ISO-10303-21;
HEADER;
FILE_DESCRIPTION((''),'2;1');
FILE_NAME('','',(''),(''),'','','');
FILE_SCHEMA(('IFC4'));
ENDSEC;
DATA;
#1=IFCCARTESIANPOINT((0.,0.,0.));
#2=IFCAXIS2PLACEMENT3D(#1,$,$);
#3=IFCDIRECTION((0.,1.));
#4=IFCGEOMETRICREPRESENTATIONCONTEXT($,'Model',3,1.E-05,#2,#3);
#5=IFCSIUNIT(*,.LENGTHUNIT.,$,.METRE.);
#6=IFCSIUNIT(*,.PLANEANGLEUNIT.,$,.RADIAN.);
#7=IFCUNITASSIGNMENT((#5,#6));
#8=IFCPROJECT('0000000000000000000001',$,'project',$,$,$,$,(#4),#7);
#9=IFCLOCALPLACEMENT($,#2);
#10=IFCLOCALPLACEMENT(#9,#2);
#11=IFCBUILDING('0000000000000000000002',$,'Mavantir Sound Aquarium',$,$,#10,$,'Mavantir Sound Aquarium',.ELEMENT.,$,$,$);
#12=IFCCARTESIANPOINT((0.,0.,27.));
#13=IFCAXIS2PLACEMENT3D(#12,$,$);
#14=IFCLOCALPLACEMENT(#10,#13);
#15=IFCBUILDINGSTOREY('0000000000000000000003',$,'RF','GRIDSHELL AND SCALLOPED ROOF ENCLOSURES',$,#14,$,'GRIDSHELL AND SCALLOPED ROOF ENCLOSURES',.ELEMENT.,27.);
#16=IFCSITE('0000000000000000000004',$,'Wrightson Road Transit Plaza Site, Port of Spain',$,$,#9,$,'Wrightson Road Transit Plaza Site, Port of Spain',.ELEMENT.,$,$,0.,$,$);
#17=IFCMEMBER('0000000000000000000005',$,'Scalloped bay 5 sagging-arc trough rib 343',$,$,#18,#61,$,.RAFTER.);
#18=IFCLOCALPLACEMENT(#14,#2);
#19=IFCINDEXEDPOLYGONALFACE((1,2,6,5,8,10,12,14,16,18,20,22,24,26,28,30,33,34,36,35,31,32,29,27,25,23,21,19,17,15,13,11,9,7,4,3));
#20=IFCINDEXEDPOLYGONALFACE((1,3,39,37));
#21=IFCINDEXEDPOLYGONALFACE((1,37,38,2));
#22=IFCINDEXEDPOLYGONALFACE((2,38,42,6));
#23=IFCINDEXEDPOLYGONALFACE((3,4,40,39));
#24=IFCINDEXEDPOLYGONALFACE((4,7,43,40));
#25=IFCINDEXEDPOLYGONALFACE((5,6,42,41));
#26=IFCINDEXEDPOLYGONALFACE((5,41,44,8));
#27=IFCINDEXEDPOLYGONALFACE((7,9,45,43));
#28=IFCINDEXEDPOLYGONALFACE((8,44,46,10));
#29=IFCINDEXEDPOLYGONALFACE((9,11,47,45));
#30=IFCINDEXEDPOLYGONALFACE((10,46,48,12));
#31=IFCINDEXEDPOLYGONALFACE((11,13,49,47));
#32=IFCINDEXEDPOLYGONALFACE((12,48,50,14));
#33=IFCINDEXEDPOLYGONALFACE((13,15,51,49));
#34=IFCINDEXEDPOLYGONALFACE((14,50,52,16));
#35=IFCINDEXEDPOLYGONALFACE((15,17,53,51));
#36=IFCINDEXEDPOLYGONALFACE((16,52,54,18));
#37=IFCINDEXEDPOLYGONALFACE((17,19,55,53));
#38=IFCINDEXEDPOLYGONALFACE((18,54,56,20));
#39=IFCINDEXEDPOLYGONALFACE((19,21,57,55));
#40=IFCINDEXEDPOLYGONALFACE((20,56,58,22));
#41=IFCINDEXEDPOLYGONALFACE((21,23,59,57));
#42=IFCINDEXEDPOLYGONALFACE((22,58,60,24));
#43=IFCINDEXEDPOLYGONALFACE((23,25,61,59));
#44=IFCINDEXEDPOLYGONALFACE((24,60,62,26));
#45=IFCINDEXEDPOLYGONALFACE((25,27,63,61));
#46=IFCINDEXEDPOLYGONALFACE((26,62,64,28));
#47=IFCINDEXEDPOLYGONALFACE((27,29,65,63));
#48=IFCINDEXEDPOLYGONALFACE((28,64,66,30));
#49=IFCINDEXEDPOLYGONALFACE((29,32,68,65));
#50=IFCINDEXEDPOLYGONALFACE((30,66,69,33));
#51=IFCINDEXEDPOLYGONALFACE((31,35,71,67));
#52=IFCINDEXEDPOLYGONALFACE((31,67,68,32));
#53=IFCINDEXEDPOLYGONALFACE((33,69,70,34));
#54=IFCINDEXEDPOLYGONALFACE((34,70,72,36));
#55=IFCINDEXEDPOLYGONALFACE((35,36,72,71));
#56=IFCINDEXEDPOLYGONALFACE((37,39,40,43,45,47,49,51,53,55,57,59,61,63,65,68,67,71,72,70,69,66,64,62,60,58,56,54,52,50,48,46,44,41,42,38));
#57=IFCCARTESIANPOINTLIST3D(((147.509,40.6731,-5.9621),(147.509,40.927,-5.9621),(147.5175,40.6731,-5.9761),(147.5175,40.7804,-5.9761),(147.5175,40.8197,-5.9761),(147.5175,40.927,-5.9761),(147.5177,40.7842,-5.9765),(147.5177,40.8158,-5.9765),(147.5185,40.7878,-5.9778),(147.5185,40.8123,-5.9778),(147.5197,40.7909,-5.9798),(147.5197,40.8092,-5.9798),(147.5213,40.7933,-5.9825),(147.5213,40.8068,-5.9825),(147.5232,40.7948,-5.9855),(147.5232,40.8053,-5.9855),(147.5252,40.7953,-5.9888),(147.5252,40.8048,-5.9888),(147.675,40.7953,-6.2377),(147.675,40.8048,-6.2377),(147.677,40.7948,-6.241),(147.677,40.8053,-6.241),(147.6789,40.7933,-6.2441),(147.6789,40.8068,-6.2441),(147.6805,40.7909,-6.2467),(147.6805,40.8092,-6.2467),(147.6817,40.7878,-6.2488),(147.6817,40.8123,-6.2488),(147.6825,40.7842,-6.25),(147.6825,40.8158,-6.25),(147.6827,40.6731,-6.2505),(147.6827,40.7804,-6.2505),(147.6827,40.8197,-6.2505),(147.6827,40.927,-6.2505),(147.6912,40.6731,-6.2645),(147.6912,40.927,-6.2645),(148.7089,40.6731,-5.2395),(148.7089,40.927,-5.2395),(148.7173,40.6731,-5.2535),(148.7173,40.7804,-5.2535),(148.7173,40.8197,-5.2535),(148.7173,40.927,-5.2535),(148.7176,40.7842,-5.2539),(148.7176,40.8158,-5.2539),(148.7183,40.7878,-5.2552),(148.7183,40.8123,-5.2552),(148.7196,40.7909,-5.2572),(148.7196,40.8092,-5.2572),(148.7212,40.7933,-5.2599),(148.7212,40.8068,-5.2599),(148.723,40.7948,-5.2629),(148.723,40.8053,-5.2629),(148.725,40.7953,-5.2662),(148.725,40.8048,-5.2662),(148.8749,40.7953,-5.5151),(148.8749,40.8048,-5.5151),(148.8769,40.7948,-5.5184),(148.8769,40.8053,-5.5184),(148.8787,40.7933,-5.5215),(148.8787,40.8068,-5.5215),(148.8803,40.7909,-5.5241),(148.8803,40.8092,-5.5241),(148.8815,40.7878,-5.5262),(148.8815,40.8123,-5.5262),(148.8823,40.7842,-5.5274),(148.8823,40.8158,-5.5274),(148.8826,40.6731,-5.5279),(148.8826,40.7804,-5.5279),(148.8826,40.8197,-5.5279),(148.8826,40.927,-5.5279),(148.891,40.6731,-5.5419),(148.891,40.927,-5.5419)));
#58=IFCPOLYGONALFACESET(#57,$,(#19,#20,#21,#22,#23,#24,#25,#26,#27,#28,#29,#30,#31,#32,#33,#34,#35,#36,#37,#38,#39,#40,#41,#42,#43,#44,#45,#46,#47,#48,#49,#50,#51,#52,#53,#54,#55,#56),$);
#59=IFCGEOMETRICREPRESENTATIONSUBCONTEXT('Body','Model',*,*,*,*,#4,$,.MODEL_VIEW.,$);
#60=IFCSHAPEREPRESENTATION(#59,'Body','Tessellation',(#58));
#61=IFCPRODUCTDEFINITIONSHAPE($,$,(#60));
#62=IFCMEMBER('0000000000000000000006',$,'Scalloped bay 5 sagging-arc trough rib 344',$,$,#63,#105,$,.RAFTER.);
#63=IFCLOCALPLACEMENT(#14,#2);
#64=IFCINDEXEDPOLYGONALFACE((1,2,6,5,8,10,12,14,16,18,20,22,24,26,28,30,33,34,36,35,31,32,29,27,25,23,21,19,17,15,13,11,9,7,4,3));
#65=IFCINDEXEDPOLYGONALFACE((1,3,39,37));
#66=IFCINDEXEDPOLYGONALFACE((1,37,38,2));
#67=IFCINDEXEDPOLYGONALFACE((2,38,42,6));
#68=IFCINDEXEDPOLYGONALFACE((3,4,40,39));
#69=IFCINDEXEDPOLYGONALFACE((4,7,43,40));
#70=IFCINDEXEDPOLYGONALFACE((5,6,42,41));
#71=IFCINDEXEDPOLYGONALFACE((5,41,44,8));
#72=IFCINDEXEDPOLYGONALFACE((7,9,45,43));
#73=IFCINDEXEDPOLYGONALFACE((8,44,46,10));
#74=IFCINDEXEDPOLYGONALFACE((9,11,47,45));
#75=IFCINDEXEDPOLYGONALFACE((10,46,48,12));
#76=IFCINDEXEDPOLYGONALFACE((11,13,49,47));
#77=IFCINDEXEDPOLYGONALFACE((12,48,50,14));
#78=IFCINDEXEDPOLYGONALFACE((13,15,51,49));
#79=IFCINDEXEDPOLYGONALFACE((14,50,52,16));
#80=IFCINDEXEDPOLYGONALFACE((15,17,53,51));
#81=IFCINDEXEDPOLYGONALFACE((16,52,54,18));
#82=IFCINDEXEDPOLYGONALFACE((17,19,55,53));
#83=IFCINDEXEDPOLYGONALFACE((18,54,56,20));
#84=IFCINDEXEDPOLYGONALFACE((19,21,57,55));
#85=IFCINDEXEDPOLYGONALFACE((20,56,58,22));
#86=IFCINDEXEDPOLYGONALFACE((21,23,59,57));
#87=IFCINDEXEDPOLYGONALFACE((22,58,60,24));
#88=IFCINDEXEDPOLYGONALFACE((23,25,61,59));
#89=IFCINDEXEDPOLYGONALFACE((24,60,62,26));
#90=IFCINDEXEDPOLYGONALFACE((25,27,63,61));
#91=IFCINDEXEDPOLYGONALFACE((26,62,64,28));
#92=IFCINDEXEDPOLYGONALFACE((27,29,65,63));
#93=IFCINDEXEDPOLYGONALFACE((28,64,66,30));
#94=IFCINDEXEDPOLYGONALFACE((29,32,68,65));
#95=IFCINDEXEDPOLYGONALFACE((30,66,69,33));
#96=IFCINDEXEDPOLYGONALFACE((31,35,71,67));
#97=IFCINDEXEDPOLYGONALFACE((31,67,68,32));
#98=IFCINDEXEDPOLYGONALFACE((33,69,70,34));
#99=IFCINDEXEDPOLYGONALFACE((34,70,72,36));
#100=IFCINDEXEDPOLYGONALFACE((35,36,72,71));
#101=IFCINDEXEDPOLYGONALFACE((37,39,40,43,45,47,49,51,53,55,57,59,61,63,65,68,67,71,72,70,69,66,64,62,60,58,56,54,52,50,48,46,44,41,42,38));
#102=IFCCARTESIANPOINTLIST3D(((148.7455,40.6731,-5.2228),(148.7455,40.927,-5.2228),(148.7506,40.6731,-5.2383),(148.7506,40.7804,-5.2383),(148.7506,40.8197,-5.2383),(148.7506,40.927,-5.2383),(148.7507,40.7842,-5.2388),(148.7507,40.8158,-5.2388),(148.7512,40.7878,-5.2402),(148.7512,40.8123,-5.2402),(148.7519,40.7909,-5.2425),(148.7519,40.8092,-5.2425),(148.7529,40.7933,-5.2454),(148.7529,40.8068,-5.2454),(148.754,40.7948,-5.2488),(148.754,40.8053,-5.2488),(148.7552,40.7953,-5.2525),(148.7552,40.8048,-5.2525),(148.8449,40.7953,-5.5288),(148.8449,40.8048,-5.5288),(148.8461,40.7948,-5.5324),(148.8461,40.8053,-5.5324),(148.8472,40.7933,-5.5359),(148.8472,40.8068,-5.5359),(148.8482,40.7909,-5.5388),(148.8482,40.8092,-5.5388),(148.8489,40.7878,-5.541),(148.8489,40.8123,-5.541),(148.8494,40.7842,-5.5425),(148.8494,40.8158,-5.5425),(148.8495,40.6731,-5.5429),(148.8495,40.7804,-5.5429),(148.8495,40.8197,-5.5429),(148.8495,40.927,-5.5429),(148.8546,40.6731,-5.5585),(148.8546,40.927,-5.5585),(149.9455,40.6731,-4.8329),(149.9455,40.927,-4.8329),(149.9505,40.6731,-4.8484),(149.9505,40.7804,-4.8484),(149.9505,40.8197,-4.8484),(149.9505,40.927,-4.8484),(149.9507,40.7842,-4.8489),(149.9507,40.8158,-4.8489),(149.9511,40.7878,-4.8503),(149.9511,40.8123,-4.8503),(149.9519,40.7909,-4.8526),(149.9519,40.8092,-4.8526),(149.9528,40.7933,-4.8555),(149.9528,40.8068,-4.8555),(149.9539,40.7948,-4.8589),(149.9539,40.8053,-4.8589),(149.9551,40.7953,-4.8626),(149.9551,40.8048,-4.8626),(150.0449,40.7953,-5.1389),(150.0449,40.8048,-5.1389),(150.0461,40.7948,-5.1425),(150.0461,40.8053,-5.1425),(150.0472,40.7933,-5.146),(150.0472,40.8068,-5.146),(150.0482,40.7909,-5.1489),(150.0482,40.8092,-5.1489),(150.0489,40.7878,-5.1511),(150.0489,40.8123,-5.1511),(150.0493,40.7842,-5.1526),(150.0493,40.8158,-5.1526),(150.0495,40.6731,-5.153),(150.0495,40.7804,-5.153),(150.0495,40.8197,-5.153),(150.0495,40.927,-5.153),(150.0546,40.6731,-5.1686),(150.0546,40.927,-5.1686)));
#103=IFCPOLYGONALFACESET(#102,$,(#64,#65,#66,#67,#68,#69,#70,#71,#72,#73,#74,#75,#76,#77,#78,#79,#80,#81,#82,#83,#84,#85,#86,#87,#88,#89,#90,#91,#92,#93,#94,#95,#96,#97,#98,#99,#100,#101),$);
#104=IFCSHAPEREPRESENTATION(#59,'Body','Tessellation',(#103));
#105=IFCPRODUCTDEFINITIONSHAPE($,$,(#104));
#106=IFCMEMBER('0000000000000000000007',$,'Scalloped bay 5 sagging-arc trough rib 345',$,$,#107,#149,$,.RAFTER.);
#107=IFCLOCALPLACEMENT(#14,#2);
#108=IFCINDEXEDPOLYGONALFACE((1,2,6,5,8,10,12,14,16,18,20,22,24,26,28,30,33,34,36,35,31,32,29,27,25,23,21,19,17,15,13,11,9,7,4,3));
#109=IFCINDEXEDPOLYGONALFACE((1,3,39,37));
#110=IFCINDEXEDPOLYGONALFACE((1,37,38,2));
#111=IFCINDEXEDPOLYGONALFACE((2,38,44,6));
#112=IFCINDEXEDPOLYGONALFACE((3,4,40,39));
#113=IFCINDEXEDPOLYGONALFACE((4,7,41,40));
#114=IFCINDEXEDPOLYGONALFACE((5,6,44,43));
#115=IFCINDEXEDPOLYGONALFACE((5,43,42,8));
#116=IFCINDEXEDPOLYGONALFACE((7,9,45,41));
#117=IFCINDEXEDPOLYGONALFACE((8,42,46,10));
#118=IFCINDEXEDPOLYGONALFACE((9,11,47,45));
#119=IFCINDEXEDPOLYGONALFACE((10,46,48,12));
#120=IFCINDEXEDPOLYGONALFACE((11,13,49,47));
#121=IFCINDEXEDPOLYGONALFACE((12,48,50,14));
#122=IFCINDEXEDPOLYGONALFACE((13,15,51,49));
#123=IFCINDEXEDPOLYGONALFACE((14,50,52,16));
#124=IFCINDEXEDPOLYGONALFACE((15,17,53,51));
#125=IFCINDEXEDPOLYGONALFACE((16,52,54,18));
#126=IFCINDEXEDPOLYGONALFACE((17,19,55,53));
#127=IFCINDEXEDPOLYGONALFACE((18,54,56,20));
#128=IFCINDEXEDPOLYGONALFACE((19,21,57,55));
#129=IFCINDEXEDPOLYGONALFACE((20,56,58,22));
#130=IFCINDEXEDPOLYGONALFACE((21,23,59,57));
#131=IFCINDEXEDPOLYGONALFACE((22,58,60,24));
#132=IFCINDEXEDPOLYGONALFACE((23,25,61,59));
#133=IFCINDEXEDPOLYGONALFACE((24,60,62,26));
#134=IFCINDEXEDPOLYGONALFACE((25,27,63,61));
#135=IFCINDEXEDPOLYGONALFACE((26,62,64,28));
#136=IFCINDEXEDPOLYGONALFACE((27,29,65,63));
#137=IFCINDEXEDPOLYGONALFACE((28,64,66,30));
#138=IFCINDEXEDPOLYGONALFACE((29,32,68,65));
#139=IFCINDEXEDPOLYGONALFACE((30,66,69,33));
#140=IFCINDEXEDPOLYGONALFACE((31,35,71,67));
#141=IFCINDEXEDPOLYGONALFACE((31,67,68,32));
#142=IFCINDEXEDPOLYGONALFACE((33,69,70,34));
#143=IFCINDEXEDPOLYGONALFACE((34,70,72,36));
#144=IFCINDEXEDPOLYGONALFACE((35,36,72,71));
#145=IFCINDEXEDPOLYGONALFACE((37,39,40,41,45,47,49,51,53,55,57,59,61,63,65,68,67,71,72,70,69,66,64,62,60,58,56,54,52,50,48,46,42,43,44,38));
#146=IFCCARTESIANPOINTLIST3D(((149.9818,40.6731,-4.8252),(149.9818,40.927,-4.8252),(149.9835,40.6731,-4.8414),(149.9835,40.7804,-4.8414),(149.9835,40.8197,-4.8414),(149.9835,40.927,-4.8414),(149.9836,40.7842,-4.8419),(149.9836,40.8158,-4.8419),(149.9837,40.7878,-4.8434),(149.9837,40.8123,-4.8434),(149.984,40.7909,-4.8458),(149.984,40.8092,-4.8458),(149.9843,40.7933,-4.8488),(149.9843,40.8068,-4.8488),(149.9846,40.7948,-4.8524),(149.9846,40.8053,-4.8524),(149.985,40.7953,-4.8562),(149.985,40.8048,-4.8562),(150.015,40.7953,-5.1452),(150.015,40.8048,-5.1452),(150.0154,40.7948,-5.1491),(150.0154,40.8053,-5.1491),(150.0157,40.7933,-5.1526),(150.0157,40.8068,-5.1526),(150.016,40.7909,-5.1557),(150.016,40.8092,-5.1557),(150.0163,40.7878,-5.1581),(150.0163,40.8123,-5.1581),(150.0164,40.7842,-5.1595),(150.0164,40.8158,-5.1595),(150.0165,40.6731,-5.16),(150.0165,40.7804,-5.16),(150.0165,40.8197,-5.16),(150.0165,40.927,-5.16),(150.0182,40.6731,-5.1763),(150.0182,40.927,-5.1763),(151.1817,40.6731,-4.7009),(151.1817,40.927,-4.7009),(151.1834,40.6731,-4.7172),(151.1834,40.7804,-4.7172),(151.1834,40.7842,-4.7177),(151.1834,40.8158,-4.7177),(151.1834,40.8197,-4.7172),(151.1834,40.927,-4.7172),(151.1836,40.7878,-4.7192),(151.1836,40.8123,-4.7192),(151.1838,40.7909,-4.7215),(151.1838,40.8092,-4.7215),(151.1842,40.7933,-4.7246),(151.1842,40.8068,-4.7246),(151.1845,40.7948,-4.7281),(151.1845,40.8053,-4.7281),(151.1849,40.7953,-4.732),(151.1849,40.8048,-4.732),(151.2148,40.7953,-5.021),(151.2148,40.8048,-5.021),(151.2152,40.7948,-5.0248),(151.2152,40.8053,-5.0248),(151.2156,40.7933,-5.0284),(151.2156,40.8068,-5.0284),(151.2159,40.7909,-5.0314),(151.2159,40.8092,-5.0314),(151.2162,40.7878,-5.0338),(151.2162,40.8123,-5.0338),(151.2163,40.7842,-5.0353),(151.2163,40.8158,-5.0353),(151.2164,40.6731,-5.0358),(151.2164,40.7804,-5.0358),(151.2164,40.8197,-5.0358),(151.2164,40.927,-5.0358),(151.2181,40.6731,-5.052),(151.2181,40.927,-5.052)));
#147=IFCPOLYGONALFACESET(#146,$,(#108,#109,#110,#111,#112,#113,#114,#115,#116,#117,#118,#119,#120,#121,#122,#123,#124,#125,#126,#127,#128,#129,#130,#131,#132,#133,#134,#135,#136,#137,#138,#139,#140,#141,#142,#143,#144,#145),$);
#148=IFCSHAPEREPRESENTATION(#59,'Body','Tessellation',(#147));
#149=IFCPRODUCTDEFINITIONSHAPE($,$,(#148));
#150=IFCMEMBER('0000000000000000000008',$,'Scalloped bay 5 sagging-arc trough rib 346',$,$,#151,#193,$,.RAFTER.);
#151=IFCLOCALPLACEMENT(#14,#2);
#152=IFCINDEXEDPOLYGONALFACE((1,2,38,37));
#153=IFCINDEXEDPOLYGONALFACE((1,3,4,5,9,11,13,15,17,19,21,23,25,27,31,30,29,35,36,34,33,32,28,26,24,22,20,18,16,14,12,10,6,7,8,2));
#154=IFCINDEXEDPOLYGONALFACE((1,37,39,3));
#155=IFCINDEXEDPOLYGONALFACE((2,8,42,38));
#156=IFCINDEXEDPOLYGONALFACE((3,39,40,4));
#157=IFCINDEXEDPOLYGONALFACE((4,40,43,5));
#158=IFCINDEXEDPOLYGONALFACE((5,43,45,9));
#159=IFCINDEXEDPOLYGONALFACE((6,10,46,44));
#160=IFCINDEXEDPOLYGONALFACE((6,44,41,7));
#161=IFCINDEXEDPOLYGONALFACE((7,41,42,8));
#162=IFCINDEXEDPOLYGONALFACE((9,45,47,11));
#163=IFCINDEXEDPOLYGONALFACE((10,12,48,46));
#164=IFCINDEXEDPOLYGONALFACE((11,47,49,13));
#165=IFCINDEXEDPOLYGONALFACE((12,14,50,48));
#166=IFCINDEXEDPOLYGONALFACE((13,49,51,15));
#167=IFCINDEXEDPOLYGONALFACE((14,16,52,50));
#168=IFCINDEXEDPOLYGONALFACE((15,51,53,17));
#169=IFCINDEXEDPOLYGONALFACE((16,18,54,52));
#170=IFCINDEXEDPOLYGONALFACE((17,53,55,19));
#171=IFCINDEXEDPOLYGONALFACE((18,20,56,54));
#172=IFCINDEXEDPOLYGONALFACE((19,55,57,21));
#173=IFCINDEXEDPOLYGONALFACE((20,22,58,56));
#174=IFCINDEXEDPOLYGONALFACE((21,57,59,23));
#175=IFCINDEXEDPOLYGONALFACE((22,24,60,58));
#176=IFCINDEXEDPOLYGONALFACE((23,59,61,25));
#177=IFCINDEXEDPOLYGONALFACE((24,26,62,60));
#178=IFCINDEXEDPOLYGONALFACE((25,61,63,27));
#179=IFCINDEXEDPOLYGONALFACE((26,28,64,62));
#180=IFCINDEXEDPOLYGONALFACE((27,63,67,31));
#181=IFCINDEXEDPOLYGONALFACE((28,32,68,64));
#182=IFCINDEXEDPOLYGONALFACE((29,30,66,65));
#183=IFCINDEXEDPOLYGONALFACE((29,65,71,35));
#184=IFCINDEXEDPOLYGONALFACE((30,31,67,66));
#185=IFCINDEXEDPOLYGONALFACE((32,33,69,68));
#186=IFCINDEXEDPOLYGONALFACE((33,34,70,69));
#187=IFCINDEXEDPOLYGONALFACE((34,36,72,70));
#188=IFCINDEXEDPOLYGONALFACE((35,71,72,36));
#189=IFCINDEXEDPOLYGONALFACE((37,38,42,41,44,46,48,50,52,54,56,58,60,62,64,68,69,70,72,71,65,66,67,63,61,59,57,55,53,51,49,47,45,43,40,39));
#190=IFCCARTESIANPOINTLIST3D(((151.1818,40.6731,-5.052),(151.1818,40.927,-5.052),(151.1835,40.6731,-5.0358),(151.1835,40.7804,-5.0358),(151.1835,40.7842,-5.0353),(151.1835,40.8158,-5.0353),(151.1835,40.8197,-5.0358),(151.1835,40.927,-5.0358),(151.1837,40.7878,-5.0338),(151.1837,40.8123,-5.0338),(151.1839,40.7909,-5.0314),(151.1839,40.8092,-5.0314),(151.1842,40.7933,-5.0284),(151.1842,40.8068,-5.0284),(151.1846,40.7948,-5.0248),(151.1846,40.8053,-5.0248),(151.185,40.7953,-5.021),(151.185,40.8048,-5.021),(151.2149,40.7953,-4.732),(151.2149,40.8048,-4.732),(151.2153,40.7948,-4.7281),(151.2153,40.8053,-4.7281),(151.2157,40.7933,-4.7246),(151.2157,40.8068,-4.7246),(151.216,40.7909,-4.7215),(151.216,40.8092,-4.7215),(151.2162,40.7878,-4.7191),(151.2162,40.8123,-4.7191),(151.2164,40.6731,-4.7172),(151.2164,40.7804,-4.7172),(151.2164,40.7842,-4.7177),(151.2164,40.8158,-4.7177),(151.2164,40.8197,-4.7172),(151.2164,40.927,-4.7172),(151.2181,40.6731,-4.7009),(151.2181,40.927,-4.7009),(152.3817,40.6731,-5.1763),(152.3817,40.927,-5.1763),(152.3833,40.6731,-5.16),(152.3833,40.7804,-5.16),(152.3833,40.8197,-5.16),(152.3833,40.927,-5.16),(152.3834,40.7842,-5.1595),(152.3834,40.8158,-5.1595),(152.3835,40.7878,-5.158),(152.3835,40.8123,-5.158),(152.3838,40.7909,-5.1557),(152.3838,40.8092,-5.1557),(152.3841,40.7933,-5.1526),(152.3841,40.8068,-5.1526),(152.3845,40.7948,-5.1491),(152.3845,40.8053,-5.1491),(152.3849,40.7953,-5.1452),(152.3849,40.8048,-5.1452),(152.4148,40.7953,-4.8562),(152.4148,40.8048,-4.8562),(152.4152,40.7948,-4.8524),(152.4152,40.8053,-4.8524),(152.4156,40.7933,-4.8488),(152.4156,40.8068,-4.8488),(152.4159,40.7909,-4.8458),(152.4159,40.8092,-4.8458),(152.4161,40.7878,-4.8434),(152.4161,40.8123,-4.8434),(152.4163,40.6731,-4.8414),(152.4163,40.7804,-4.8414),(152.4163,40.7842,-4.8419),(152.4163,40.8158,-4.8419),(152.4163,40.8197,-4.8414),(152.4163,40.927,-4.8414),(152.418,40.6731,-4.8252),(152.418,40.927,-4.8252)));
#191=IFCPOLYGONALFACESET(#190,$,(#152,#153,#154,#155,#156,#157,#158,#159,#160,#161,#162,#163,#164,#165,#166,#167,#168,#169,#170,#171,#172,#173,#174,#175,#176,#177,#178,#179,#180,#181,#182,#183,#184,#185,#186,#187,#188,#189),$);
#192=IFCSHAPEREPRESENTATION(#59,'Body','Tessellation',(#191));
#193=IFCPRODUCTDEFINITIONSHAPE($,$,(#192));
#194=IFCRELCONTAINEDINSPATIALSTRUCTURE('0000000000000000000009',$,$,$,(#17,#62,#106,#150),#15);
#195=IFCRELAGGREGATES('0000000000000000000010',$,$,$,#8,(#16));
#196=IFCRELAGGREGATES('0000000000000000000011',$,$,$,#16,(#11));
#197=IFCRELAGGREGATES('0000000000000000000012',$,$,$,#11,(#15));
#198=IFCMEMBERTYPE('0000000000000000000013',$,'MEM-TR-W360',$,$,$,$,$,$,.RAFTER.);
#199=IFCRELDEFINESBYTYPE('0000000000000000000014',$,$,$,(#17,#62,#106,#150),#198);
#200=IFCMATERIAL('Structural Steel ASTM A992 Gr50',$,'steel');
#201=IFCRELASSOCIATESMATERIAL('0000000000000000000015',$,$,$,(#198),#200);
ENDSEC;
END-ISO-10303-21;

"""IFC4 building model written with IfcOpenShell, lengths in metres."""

from ifc_helpers import new_model, si_unit, direction, frame, origin, origin_2d, place, context, subcontext, project, spatial, i_section, extrude, material, material_profile, profile_set, type_object, element, save


model = new_model("IFC4")

# Units and contexts
model_context = context("Model", 3, precision=1e-05, world=origin(), true_north=direction((0.0, 1.0)))
body_context = subcontext(model_context, "Body", "Model", "MODEL_VIEW")
ifc_project = project(units=[si_unit("LENGTHUNIT", "METRE"), si_unit("PLANEANGLEUNIT", "RADIAN")], contexts=[model_context])

# Site, building, storey
site_placement = place(None, origin())
site = spatial("IfcSite", under=ifc_project, at=site_placement, Name="Wrightson Road Transit Plaza Site, Port of Spain", LongName="Wrightson Road Transit Plaza Site, Port of Spain", CompositionType="ELEMENT", RefElevation=0.0)
building_placement = place(site_placement, origin())
building = spatial("IfcBuilding", under=site, at=building_placement, Name="Mavantir Sound Aquarium", LongName="Mavantir Sound Aquarium", CompositionType="ELEMENT")
storey_placement = place(building_placement, frame((0.0, 0.0, 27.0)))
storey = spatial("IfcBuildingStorey", under=building, at=storey_placement, Name="RF", Description="GRIDSHELL AND SCALLOPED ROOF ENCLOSURES", LongName="GRIDSHELL AND SCALLOPED ROOF ENCLOSURES", CompositionType="ELEMENT", Elevation=27.0)

# Shared definitions
ifc_material_1 = material(Name="Structural Steel ASTM A992 Gr50", Category="steel")

# Members
ifc_material_profile_1 = material_profile(ifc_material_1, i_section(OverallWidth=0.2539, OverallDepth=0.353, WebThickness=0.0095, FlangeThickness=0.0164, FilletRadius=0.0149, at=origin_2d()), Name="W360X91")
ifc_profile_set_1 = profile_set([ifc_material_profile_1], Name="Structural Steel ASTM A992 Gr50")
member_type_1 = type_object("IfcMemberType", Name="MEM-TR-W360", PredefinedType="RAFTER", material=ifc_profile_set_1)
member_1_placement = place(storey_placement, frame((147.6001, 40.8, -6.1133), z_axis=(0.856646, 0.0, 0.515905), x_axis=(0.0, 1.0, 0.0)))
element("IfcMember", 1, at=member_1_placement, inside=storey, type_object=member_type_1, Name="Scalloped bay 5 sagging-arc trough rib 343", PredefinedType="RAFTER", context=body_context, shape_type="SweptSolid", body=[
    extrude(i_section(OverallWidth=0.2539, OverallDepth=0.353, WebThickness=0.0095, FlangeThickness=0.0164, FilletRadius=0.0149, at=origin_2d()), origin(), (0.0, 0.0, 1.0), 1.4006),
])
member_2_placement = place(storey_placement, frame((148.8, 40.8, -5.3906), z_axis=(0.951055, 0.0, 0.30902), x_axis=(0.0, 1.0, 0.0)))
element("IfcMember", 2, at=member_2_placement, inside=storey, type_object=member_type_1, Name="Scalloped bay 5 sagging-arc trough rib 344", PredefinedType="RAFTER", context=body_context, shape_type="SweptSolid", body=[
    extrude(i_section(OverallWidth=0.2539, OverallDepth=0.353, WebThickness=0.0095, FlangeThickness=0.0164, FilletRadius=0.0149, at=origin_2d()), origin(), (0.0, 0.0, 1.0), 1.2617),
])
for number, where, z_axis, x_axis, name in (
    (3, (150.0, 40.8, -5.0007), (0.99468, 0.0, 0.10301), (0.0, 1.0, 0.0), "Scalloped bay 5 sagging-arc trough rib 345"),
    (4, (151.2, 40.8, -4.8765), (0.99468, 0.0, -0.10301), (0.0, 1.0, 0.0), "Scalloped bay 5 sagging-arc trough rib 346"),
):
    element("IfcMember", number, at=place(storey_placement, frame(where, z_axis=z_axis, x_axis=x_axis)), inside=storey, type_object=member_type_1, Name=name, PredefinedType="RAFTER", context=body_context, shape_type="SweptSolid", body=[
        extrude(i_section(OverallWidth=0.2539, OverallDepth=0.353, WebThickness=0.0095, FlangeThickness=0.0164, FilletRadius=0.0149, at=origin_2d()), origin(), (0.0, 0.0, 1.0), 1.2063),
    ])

save(model, "model.ifc")
